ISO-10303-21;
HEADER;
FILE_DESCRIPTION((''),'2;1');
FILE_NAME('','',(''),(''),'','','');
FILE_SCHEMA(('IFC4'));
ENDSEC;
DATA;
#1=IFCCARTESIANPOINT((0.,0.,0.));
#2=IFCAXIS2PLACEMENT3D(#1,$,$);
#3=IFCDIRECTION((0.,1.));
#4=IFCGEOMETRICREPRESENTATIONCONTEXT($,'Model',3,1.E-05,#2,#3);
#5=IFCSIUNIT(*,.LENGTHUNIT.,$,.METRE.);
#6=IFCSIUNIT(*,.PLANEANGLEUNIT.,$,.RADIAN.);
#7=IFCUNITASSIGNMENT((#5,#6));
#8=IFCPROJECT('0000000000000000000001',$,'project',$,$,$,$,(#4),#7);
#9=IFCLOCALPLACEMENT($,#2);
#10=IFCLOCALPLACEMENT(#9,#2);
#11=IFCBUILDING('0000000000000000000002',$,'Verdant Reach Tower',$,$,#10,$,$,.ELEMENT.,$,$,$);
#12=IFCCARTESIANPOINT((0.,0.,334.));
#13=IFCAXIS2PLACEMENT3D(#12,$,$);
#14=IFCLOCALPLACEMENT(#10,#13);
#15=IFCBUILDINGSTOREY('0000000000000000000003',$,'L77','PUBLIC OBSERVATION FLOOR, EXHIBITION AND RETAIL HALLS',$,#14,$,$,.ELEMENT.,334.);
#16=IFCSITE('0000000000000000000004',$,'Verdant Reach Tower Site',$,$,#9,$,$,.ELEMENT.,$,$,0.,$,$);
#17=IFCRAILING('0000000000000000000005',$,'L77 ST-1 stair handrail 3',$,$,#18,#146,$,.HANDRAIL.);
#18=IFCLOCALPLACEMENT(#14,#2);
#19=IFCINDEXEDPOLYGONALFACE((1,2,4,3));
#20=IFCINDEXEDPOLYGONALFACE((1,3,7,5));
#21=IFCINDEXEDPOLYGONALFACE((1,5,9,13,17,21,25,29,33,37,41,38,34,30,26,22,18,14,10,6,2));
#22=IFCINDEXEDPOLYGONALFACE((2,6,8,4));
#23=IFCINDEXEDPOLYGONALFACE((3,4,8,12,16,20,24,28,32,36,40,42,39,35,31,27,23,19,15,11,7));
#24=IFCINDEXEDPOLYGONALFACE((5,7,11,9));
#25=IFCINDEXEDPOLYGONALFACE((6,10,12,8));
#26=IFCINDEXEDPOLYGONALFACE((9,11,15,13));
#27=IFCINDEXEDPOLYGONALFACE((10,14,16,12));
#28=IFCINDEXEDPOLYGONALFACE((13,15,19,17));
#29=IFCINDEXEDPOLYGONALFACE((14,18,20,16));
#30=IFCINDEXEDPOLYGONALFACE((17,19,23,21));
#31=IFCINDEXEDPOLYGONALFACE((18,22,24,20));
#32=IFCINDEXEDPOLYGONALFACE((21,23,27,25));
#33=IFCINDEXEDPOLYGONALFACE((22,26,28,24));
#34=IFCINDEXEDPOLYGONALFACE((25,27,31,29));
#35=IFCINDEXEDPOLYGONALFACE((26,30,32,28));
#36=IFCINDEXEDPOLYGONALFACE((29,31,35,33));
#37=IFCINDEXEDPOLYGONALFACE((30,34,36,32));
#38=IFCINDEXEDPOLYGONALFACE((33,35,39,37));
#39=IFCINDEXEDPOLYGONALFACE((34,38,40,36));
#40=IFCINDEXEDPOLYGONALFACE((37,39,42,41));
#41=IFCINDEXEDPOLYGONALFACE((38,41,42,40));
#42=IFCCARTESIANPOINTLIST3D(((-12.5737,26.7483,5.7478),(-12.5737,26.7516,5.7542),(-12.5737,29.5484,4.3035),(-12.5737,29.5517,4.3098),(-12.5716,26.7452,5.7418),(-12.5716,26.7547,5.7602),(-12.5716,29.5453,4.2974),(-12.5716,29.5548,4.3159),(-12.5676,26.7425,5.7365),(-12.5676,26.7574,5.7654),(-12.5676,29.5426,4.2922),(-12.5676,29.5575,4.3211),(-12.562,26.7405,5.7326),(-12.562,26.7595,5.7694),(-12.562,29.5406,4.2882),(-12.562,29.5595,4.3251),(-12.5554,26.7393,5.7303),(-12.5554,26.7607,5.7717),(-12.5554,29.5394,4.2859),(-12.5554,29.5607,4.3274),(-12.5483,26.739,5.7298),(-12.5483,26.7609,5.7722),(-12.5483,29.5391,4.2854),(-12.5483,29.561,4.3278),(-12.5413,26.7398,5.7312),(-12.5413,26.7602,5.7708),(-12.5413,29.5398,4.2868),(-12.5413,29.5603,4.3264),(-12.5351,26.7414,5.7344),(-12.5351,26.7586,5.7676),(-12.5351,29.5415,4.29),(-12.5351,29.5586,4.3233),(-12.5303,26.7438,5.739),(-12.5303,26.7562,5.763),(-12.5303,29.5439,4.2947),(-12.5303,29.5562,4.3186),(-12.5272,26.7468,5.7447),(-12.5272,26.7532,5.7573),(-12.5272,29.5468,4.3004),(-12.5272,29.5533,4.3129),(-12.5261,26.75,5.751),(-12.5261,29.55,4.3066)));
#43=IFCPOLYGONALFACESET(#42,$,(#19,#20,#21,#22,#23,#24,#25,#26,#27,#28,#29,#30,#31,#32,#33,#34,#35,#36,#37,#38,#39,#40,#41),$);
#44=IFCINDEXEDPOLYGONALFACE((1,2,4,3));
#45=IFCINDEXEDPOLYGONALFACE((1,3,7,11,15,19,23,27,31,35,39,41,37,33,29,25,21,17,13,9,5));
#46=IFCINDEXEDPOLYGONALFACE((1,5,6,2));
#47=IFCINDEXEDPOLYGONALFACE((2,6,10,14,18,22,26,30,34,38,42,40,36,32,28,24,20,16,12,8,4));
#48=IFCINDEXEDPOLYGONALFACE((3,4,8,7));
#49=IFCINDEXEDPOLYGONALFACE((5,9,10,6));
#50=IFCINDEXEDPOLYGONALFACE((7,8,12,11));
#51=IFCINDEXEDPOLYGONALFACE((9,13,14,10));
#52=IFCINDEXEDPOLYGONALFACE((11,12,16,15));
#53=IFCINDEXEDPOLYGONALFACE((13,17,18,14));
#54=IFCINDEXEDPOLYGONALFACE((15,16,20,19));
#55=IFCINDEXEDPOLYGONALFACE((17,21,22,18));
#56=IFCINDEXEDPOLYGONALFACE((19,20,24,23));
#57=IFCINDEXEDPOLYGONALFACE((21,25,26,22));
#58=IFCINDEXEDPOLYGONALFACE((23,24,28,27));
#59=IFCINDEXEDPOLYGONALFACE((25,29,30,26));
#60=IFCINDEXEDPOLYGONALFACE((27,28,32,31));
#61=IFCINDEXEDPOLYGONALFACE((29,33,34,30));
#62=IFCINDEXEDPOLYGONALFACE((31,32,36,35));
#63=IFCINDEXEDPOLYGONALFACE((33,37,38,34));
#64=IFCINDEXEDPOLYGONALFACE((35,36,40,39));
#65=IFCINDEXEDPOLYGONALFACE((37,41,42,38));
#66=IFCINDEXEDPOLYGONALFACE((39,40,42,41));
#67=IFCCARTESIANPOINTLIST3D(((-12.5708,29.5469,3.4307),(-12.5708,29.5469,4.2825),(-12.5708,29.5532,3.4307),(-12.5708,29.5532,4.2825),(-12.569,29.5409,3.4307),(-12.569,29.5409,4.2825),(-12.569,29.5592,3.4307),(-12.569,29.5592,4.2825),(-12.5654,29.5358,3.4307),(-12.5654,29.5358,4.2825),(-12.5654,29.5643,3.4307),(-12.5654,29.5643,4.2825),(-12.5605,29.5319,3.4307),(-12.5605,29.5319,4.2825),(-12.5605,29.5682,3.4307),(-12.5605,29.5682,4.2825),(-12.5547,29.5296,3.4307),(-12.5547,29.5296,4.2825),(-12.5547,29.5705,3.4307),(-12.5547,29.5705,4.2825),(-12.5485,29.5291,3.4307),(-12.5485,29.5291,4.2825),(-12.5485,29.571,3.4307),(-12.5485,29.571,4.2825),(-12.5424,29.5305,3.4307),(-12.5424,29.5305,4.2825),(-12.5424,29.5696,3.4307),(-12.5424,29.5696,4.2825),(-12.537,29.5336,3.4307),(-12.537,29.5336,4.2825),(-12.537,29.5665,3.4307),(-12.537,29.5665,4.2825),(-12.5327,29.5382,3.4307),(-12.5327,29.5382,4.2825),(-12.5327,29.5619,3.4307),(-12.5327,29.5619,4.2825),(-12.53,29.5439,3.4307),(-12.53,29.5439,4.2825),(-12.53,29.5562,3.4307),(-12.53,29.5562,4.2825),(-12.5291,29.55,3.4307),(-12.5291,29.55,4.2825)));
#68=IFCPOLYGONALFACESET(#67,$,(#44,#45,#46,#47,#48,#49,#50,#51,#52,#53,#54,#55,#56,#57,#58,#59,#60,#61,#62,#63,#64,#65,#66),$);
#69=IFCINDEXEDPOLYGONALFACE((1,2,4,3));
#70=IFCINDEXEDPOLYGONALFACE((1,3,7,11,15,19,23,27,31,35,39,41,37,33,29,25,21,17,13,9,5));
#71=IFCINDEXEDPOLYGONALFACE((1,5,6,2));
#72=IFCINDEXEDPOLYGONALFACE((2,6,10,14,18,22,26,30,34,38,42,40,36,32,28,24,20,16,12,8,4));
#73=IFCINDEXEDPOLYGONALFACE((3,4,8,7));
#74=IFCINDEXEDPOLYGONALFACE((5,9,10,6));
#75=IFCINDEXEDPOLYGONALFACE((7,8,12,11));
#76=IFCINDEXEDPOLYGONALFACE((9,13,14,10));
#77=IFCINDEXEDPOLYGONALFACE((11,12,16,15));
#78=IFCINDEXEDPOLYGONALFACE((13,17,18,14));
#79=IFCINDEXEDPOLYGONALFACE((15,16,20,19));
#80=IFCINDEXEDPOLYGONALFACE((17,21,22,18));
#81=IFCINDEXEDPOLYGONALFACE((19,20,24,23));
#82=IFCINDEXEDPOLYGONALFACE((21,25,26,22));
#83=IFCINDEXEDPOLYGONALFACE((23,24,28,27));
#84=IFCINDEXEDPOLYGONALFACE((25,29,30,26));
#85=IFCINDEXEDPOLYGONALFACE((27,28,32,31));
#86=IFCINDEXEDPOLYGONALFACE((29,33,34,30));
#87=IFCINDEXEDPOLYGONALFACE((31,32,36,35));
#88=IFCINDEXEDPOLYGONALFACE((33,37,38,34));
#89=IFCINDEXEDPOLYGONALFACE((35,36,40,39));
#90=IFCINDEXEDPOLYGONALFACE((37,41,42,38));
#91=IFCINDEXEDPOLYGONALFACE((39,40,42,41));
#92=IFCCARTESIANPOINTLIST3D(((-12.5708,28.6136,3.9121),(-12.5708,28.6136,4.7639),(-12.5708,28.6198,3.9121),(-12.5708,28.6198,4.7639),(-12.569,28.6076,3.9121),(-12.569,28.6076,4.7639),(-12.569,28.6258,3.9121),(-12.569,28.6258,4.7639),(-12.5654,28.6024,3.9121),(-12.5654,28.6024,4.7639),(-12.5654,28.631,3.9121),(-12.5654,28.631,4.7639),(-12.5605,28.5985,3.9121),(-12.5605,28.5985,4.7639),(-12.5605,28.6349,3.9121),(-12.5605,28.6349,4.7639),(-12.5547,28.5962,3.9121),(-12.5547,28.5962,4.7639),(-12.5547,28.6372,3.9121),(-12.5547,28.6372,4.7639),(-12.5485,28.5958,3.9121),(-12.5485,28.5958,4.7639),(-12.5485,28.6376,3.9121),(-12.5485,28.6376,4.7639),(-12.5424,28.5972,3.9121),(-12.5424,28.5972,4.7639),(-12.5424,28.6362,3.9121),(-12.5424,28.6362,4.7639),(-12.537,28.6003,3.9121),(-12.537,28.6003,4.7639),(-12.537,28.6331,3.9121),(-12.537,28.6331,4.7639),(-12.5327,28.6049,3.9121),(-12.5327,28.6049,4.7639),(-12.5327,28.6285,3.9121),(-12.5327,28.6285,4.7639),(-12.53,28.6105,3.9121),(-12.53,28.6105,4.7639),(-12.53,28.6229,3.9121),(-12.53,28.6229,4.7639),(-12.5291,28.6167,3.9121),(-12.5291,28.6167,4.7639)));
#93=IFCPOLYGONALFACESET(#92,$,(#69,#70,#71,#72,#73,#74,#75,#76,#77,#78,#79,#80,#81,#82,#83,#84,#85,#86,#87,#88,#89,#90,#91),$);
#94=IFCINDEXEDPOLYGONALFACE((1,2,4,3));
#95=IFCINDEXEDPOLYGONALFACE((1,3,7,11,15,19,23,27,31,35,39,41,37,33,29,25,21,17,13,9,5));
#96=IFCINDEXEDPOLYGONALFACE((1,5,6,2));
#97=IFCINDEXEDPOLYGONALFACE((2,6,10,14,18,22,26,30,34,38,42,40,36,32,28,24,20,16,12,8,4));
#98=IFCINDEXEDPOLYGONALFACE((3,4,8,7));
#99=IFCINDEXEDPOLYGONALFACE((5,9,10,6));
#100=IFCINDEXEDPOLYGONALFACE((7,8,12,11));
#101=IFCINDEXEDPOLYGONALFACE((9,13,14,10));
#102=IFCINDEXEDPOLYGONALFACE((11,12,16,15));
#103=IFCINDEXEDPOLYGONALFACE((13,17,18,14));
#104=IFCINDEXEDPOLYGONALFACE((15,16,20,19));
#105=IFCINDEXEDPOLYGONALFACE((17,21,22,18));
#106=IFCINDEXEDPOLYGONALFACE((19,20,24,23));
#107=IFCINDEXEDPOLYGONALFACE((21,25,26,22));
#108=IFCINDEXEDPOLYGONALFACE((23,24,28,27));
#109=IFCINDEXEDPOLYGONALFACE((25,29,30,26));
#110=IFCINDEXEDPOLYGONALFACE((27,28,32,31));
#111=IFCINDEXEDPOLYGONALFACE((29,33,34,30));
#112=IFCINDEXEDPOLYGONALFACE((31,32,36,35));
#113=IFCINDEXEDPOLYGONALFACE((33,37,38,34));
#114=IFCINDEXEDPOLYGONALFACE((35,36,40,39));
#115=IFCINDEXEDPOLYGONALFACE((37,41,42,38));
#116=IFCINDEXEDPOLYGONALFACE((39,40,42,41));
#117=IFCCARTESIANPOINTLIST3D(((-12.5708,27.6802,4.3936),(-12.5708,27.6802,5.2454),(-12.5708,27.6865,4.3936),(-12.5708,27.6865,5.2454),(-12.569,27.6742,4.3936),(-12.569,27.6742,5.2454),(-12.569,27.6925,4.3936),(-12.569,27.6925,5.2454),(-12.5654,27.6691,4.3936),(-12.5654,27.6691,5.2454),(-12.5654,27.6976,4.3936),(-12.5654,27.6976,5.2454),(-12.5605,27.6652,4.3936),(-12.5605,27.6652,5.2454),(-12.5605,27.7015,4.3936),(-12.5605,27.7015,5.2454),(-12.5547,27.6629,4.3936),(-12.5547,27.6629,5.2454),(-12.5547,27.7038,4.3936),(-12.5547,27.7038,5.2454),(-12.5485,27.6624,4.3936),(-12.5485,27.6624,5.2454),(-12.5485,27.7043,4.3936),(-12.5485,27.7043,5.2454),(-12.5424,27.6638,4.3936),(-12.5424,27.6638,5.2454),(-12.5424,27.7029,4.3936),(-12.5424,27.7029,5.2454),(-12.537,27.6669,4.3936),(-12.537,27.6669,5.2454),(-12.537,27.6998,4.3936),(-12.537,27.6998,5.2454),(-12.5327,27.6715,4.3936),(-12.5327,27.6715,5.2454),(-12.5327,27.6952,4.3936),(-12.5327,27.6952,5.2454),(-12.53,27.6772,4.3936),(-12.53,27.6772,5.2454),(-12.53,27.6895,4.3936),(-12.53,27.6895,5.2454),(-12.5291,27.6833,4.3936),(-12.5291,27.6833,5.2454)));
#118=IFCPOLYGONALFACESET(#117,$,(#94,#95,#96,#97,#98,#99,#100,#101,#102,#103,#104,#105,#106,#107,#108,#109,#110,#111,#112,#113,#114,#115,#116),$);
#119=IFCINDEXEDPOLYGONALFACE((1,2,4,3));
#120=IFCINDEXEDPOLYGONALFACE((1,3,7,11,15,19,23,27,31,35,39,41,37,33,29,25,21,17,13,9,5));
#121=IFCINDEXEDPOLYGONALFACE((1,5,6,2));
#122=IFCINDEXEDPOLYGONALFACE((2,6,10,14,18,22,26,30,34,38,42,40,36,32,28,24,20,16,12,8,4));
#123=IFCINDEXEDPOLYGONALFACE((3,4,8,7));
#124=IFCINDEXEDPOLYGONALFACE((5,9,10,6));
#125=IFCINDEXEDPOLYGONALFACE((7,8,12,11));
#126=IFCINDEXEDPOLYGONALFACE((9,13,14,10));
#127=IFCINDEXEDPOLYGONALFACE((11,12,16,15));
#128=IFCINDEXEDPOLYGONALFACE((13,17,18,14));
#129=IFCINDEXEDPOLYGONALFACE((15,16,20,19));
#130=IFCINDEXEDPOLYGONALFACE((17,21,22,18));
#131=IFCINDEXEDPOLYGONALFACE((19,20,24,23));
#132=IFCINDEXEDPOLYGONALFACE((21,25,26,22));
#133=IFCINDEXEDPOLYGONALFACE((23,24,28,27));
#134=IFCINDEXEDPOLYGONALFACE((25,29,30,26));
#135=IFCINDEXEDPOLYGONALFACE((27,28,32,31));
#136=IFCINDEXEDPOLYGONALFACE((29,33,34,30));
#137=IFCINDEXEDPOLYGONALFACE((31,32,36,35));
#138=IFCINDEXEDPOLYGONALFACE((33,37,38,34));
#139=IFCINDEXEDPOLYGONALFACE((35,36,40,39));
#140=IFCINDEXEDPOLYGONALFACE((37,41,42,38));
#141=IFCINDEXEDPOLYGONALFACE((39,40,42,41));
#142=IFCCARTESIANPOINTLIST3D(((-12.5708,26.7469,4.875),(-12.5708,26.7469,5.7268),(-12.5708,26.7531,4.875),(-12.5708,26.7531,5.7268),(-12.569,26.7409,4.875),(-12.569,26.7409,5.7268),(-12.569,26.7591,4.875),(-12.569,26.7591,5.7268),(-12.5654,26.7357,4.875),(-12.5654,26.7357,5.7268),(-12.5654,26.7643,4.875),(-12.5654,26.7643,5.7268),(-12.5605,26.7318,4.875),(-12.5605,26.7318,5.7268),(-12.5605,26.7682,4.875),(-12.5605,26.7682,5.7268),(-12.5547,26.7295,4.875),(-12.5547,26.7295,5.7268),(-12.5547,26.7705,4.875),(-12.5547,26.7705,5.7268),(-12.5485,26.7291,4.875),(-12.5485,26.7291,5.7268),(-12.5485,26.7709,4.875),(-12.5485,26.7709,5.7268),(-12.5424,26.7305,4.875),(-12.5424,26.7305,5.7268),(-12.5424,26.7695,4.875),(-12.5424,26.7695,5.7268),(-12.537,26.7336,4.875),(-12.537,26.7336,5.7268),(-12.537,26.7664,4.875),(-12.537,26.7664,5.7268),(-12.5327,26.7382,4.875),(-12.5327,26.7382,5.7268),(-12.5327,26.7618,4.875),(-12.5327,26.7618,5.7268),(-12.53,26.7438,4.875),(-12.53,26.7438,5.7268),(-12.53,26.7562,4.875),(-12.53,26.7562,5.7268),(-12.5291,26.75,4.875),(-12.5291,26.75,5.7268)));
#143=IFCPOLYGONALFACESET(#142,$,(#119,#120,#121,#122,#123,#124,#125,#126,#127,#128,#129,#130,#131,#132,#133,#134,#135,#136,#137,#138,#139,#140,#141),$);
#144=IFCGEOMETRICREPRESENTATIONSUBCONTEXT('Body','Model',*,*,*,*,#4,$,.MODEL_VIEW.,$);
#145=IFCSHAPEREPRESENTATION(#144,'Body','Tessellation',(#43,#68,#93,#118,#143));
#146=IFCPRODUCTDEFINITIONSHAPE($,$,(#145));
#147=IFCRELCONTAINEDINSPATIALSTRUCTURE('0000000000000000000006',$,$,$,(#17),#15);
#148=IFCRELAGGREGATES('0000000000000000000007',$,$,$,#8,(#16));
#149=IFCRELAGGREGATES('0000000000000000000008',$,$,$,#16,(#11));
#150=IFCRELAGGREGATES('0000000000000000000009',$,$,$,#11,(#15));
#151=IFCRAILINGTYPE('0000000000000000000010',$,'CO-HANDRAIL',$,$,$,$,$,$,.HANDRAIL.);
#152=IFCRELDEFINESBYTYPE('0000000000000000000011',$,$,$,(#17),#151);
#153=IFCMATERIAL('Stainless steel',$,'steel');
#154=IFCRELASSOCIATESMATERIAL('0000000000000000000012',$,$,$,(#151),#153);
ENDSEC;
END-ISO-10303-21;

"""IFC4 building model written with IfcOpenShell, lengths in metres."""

from ifc_helpers import new_model, si_unit, direction, frame, origin, origin_2d, place, context, subcontext, project, spatial, circle, extrude, material, type_object, element, save


model = new_model("IFC4")

# Units and contexts
model_context = context("Model", 3, precision=1e-05, world=origin(), true_north=direction((0.0, 1.0)))
body_context = subcontext(model_context, "Body", "Model", "MODEL_VIEW")
ifc_project = project(units=[si_unit("LENGTHUNIT", "METRE"), si_unit("PLANEANGLEUNIT", "RADIAN")], contexts=[model_context])

# Site, building, storey
site_placement = place(None, origin())
site = spatial("IfcSite", under=ifc_project, at=site_placement, Name="Verdant Reach Tower Site", CompositionType="ELEMENT", RefElevation=0.0)
building_placement = place(site_placement, origin())
building = spatial("IfcBuilding", under=site, at=building_placement, Name="Verdant Reach Tower", CompositionType="ELEMENT")
storey_placement = place(building_placement, frame((0.0, 0.0, 334.0)))
storey = spatial("IfcBuildingStorey", under=building, at=storey_placement, Name="L77", Description="PUBLIC OBSERVATION FLOOR, EXHIBITION AND RETAIL HALLS", CompositionType="ELEMENT", Elevation=334.0)

# Shared definitions
ifc_material_1 = material(Name="Stainless steel", Category="steel")

# Railing
railing_type_1 = type_object("IfcRailingType", Name="CO-HANDRAIL", PredefinedType="HANDRAIL", material=ifc_material_1)
for number, where, name in (
    (1, (-12.55, 29.55, 3.4307), "L77 ST-1 stair handrail 3"),
):
    element("IfcRailing", number, at=place(storey_placement, frame(where)), inside=storey, type_object=railing_type_1, Name=name, PredefinedType="HANDRAIL", context=body_context, shape_type="SweptSolid", body=[
        extrude(circle(Radius=0.0239, at=origin_2d()), frame((0.0, 0.0, 0.876), z_axis=(0.0, -0.888731, 0.45843), x_axis=(1.0, 0.0, 0.0)), (0.0, 0.0, 1.0), 3.1506),
        extrude(circle(Radius=0.021, at=origin_2d()), origin(), (0.0, 0.0, 1.0), 0.8518),
        extrude(circle(Radius=0.021, at=origin_2d()), frame((0.0, -0.9333, 0.4814)), (0.0, 0.0, 1.0), 0.8518),
        extrude(circle(Radius=0.021, at=origin_2d()), frame((0.0, -1.8667, 0.9629)), (0.0, 0.0, 1.0), 0.8518),
        extrude(circle(Radius=0.021, at=origin_2d()), frame((0.0, -2.8, 1.4443)), (0.0, 0.0, 1.0), 0.8518),
    ])

save(model, "model.ifc")
